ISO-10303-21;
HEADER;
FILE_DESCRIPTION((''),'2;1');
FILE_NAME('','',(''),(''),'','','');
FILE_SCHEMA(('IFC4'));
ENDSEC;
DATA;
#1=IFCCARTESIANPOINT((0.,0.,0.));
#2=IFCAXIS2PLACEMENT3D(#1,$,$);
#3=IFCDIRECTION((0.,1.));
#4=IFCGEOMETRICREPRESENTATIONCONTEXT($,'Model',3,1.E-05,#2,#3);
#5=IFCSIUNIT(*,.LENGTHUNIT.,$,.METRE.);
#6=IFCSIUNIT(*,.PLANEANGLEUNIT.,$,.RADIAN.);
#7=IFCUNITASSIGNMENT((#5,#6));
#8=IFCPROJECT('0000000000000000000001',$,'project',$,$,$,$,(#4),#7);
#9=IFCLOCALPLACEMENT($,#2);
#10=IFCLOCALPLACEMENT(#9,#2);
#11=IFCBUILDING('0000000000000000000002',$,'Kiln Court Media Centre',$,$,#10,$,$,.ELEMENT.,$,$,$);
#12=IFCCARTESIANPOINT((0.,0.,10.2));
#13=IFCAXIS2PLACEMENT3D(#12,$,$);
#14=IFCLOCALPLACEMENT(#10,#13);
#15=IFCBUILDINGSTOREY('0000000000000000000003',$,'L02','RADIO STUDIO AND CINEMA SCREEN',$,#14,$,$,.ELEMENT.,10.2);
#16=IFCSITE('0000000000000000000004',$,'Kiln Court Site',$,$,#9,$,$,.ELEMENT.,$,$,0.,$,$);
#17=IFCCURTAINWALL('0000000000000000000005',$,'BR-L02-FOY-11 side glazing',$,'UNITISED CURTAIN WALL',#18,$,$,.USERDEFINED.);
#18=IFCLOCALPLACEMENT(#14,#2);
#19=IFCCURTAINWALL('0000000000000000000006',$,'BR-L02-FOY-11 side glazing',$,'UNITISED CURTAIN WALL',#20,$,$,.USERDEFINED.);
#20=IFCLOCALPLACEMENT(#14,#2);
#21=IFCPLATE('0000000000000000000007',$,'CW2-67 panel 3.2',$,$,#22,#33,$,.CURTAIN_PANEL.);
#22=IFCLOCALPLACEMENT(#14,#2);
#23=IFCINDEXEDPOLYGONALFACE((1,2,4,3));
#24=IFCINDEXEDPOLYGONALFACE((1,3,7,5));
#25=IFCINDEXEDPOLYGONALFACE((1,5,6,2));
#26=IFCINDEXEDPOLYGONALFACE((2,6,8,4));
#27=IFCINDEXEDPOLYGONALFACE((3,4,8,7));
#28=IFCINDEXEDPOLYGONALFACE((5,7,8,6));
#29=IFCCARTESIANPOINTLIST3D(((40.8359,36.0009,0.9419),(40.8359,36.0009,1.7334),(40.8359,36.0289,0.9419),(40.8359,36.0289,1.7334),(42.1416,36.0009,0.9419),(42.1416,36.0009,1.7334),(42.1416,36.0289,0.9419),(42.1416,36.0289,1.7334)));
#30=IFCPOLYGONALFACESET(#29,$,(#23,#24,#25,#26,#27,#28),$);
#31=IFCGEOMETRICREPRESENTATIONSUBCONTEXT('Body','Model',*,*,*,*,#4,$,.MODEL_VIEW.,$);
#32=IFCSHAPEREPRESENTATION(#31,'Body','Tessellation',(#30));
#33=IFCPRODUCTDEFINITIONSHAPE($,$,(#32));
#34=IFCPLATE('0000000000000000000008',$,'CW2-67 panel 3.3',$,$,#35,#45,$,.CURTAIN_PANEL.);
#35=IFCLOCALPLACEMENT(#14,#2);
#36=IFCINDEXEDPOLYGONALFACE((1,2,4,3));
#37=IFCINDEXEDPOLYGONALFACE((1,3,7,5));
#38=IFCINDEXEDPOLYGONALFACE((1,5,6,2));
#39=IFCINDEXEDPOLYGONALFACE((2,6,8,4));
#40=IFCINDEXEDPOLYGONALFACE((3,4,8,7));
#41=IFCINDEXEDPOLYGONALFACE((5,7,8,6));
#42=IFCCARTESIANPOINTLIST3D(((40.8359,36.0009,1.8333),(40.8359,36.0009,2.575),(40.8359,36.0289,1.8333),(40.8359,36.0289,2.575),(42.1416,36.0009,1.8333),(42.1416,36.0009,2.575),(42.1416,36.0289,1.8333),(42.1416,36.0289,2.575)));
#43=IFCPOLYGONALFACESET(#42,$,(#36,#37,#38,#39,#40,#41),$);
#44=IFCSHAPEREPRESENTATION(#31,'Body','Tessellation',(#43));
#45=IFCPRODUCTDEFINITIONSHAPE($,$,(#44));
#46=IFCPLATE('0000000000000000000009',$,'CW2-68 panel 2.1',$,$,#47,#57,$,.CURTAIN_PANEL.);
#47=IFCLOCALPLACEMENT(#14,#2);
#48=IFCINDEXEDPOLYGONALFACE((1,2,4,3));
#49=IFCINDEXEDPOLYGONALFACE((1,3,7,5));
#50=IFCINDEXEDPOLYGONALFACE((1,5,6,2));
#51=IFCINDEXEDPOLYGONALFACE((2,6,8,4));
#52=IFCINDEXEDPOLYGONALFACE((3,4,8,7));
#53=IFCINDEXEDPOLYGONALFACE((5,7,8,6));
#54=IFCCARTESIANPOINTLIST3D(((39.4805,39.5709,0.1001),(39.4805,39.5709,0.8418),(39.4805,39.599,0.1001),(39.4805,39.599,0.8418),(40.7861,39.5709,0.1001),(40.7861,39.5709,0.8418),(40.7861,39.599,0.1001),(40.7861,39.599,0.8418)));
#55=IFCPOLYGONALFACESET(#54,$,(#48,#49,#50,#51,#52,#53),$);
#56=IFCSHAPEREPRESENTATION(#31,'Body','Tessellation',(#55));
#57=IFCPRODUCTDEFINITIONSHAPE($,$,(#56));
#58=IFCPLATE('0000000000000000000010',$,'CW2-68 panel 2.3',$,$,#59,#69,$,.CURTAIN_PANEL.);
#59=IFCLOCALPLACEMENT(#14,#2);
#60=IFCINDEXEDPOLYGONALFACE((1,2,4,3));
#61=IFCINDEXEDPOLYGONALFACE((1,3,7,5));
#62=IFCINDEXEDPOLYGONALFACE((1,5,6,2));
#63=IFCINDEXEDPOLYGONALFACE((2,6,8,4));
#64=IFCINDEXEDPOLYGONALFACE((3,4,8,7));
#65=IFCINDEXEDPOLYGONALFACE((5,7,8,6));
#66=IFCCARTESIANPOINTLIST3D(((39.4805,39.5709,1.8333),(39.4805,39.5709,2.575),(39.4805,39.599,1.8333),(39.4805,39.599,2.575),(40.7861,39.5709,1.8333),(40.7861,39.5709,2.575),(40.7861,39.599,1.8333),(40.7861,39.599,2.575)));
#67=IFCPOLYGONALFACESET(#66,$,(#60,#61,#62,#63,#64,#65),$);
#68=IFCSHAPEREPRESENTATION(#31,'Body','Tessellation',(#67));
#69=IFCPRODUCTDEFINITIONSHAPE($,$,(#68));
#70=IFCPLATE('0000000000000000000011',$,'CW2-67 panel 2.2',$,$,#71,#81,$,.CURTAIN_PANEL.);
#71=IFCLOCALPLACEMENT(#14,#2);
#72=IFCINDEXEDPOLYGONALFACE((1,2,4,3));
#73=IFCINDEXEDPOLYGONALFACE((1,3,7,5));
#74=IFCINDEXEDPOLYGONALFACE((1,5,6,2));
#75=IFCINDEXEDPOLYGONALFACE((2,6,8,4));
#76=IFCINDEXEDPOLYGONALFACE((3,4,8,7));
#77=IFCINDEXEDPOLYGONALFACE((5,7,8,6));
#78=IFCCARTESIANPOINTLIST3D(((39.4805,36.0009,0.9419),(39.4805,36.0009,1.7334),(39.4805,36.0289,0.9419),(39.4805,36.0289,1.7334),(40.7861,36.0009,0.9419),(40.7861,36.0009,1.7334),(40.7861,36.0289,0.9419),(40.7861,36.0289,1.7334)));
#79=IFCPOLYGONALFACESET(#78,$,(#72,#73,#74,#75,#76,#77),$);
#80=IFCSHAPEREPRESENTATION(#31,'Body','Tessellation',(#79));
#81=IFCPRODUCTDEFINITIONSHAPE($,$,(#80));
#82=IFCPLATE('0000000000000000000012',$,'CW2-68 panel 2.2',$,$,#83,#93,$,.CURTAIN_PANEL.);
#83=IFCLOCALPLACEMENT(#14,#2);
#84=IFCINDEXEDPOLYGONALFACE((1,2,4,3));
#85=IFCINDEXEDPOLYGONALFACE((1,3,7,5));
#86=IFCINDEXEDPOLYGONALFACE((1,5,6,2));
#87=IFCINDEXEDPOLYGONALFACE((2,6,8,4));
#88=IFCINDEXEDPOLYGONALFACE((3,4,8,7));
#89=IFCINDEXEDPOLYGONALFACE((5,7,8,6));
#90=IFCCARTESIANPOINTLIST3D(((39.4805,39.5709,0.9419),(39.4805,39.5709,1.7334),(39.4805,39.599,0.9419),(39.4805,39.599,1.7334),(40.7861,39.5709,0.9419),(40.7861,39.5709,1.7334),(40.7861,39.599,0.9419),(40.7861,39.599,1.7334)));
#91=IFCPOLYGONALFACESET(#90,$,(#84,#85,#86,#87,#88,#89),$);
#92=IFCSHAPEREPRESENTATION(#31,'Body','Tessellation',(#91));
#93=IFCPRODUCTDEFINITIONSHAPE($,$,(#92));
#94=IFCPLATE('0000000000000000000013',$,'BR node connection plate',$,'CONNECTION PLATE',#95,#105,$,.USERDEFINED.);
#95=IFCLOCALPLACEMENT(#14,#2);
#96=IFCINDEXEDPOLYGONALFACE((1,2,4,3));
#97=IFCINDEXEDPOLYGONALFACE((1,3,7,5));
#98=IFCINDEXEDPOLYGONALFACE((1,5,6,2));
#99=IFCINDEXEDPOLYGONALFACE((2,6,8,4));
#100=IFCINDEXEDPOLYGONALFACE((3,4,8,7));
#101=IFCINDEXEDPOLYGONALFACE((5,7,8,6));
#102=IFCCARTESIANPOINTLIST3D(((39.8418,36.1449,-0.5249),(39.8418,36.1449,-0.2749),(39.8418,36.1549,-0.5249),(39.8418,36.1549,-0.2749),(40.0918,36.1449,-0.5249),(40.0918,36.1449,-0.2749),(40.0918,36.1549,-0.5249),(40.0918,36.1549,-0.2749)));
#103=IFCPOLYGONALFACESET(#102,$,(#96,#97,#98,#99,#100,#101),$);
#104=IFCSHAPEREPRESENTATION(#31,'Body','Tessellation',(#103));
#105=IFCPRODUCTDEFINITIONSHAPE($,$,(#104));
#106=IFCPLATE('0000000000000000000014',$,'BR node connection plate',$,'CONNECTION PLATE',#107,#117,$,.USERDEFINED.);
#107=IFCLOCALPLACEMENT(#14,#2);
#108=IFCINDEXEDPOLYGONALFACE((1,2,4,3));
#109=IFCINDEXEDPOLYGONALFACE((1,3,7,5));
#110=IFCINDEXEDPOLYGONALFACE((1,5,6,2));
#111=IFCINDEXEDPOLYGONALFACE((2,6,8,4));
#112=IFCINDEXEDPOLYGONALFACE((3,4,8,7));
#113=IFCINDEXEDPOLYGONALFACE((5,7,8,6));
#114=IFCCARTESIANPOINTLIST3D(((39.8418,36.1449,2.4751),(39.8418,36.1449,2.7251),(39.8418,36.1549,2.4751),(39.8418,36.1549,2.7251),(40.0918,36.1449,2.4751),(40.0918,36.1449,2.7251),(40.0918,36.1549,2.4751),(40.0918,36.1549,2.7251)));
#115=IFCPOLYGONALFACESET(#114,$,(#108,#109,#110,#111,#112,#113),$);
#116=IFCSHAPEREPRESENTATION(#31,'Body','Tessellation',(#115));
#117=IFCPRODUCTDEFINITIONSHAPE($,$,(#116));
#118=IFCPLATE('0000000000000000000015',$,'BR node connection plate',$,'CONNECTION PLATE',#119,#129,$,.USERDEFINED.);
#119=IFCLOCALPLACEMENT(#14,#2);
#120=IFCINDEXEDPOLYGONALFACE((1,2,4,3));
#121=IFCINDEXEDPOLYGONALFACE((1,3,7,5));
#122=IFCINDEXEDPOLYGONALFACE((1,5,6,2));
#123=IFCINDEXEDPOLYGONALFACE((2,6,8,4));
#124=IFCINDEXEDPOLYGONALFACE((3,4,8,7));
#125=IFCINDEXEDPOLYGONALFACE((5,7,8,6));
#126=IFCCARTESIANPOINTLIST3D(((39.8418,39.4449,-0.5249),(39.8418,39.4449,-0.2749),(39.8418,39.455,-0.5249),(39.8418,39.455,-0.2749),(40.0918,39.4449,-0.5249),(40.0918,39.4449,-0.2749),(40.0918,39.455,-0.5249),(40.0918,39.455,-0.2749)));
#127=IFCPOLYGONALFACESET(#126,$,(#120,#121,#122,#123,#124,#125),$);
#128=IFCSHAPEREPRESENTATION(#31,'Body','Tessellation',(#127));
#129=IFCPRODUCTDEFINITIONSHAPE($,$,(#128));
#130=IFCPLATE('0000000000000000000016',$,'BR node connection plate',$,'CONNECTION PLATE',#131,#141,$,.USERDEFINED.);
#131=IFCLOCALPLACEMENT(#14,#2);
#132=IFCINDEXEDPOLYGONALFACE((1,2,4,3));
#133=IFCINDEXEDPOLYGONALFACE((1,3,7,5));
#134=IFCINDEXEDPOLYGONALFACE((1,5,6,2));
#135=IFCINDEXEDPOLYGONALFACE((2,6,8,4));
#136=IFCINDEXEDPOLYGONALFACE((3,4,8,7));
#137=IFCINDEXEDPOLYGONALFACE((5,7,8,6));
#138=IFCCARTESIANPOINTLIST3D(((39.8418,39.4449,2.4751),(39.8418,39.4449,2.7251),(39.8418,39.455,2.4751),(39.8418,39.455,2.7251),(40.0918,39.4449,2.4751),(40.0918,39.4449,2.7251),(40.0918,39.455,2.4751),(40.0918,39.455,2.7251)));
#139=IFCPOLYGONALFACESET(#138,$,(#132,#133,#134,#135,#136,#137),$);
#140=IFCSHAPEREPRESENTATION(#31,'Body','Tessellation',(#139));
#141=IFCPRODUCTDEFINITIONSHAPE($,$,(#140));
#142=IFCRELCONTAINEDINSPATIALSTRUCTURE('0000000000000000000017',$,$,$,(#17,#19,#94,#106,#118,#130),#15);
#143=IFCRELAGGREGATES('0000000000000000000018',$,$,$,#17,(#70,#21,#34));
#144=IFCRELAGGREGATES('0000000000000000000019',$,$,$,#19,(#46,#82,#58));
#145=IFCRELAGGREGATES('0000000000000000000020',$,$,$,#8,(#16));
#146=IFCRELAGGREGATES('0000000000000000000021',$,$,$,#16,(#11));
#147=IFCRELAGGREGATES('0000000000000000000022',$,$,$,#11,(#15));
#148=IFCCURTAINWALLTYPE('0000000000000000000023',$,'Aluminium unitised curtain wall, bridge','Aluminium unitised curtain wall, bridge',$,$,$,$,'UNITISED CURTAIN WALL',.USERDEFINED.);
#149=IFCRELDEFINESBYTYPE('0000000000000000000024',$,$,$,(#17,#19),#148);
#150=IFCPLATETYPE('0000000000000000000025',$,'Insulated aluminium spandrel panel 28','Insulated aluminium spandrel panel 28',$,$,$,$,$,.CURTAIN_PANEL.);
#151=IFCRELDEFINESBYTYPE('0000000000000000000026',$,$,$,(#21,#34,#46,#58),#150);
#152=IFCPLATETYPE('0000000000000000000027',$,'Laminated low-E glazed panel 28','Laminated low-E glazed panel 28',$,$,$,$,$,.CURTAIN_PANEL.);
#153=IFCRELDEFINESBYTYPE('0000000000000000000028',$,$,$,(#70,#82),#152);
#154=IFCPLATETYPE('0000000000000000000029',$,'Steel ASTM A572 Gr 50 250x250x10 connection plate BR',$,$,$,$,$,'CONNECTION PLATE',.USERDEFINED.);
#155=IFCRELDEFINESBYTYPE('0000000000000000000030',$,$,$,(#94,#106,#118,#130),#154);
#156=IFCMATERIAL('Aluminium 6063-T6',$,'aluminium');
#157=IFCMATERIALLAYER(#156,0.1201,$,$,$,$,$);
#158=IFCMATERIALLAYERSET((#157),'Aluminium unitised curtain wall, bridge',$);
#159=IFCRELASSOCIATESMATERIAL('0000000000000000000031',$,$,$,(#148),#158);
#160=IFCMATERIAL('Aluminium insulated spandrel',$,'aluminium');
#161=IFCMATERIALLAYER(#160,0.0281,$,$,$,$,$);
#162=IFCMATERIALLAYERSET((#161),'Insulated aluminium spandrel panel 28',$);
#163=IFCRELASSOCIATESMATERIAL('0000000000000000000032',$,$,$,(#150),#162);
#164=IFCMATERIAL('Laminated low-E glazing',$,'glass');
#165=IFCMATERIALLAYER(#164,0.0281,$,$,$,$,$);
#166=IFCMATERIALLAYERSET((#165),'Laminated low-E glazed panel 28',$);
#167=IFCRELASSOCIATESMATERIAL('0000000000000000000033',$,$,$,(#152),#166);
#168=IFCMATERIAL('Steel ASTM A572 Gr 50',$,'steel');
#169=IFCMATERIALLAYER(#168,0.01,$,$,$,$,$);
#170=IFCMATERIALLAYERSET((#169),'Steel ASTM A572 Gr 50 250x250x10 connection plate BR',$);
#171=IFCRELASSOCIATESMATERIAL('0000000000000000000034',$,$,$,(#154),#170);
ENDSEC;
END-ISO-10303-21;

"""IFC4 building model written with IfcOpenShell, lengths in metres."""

from ifc_helpers import new_model, si_unit, direction, frame, origin, origin_2d, place, context, subcontext, project, spatial, rectangle, extrude, material, layer, layer_set, type_object, element, aggregate, save


model = new_model("IFC4")

# Units and contexts
model_context = context("Model", 3, precision=1e-05, world=origin(), true_north=direction((0.0, 1.0)))
body_context = subcontext(model_context, "Body", "Model", "MODEL_VIEW")
ifc_project = project(units=[si_unit("LENGTHUNIT", "METRE"), si_unit("PLANEANGLEUNIT", "RADIAN")], contexts=[model_context])

# Site, building, storey
site_placement = place(None, origin())
site = spatial("IfcSite", under=ifc_project, at=site_placement, Name="Kiln Court Site", CompositionType="ELEMENT", RefElevation=0.0)
building_placement = place(site_placement, origin())
building = spatial("IfcBuilding", under=site, at=building_placement, Name="Kiln Court Media Centre", CompositionType="ELEMENT")
storey_placement = place(building_placement, frame((0.0, 0.0, 10.2)))
storey = spatial("IfcBuildingStorey", under=building, at=storey_placement, Name="L02", Description="RADIO STUDIO AND CINEMA SCREEN", CompositionType="ELEMENT", Elevation=10.2)

# Curtain walls
ifc_material_1 = material(Name="Aluminium 6063-T6", Category="aluminium")
ifc_layer_1 = layer(ifc_material_1, 0.1201)
ifc_layer_set_1 = layer_set([ifc_layer_1], Name="Aluminium unitised curtain wall, bridge")
curtain_wall_type = type_object("IfcCurtainWallType", Name="Aluminium unitised curtain wall, bridge", Description="Aluminium unitised curtain wall, bridge", ElementType="UNITISED CURTAIN WALL", PredefinedType="USERDEFINED", material=ifc_layer_set_1)
curtain_wall_1_placement = place(storey_placement, origin())
curtain_wall_1 = element("IfcCurtainWall", 1, at=curtain_wall_1_placement, inside=storey, type_object=curtain_wall_type, Name="BR-L02-FOY-11 side glazing", ObjectType="UNITISED CURTAIN WALL", PredefinedType="USERDEFINED")
curtain_wall_2_placement = place(storey_placement, origin())
curtain_wall_2 = element("IfcCurtainWall", 2, at=curtain_wall_2_placement, inside=storey, type_object=curtain_wall_type, Name="BR-L02-FOY-11 side glazing", ObjectType="UNITISED CURTAIN WALL", PredefinedType="USERDEFINED")

# Plates
ifc_material_2 = material(Name="Aluminium insulated spandrel", Category="aluminium")
ifc_layer_2 = layer(ifc_material_2, 0.0281)
ifc_layer_set_2 = layer_set([ifc_layer_2], Name="Insulated aluminium spandrel panel 28")
plate_type_1 = type_object("IfcPlateType", Name="Insulated aluminium spandrel panel 28", Description="Insulated aluminium spandrel panel 28", PredefinedType="CURTAIN_PANEL", material=ifc_layer_set_2)
plate_1_placement = place(storey_placement, frame((41.4888, 36.0149, 0.9419), z_axis=(0.0, 0.0, 1.0), x_axis=(1.0, 0.0, 0.0)))
plate_1 = element("IfcPlate", 3, at=plate_1_placement, type_object=plate_type_1, Name="CW2-67 panel 3.2", PredefinedType="CURTAIN_PANEL", context=body_context, shape_type="SweptSolid", body=[
    extrude(rectangle(XDim=1.3057, YDim=0.0281, at=origin_2d()), origin(), (0.0, 0.0, 1.0), 0.7915),
])
plate_2_placement = place(storey_placement, frame((41.4888, 36.0149, 1.8333), z_axis=(0.0, 0.0, 1.0), x_axis=(1.0, 0.0, 0.0)))
plate_2 = element("IfcPlate", 4, at=plate_2_placement, type_object=plate_type_1, Name="CW2-67 panel 3.3", PredefinedType="CURTAIN_PANEL", context=body_context, shape_type="SweptSolid", body=[
    extrude(rectangle(XDim=1.3057, YDim=0.0281, at=origin_2d()), origin(), (0.0, 0.0, 1.0), 0.7417),
])
plate_3_placement = place(storey_placement, frame((40.1333, 39.585, 0.1001), z_axis=(0.0, 0.0, 1.0), x_axis=(1.0, 0.0, 0.0)))
plate_3 = element("IfcPlate", 5, at=plate_3_placement, type_object=plate_type_1, Name="CW2-68 panel 2.1", PredefinedType="CURTAIN_PANEL", context=body_context, shape_type="SweptSolid", body=[
    extrude(rectangle(XDim=1.3057, YDim=0.0281, at=origin_2d()), origin(), (0.0, 0.0, 1.0), 0.7417),
])
plate_4_placement = place(storey_placement, frame((40.1333, 39.585, 1.8333), z_axis=(0.0, 0.0, 1.0), x_axis=(1.0, 0.0, 0.0)))
plate_4 = element("IfcPlate", 6, at=plate_4_placement, type_object=plate_type_1, Name="CW2-68 panel 2.3", PredefinedType="CURTAIN_PANEL", context=body_context, shape_type="SweptSolid", body=[
    extrude(rectangle(XDim=1.3057, YDim=0.0281, at=origin_2d()), origin(), (0.0, 0.0, 1.0), 0.7417),
])
ifc_material_3 = material(Name="Laminated low-E glazing", Category="glass")
ifc_layer_3 = layer(ifc_material_3, 0.0281)
ifc_layer_set_3 = layer_set([ifc_layer_3], Name="Laminated low-E glazed panel 28")
plate_type_2 = type_object("IfcPlateType", Name="Laminated low-E glazed panel 28", Description="Laminated low-E glazed panel 28", PredefinedType="CURTAIN_PANEL", material=ifc_layer_set_3)
plate_5_placement = place(storey_placement, frame((40.1333, 36.0149, 0.9419), z_axis=(0.0, 0.0, 1.0), x_axis=(1.0, 0.0, 0.0)))
plate_5 = element("IfcPlate", 7, at=plate_5_placement, type_object=plate_type_2, Name="CW2-67 panel 2.2", PredefinedType="CURTAIN_PANEL", context=body_context, shape_type="SweptSolid", body=[
    extrude(rectangle(XDim=1.3057, YDim=0.0281, at=origin_2d()), origin(), (0.0, 0.0, 1.0), 0.7915),
])
aggregate(curtain_wall_1, [plate_5, plate_1, plate_2])
plate_6_placement = place(storey_placement, frame((40.1333, 39.585, 0.9419), z_axis=(0.0, 0.0, 1.0), x_axis=(1.0, 0.0, 0.0)))
plate_6 = element("IfcPlate", 8, at=plate_6_placement, type_object=plate_type_2, Name="CW2-68 panel 2.2", PredefinedType="CURTAIN_PANEL", context=body_context, shape_type="SweptSolid", body=[
    extrude(rectangle(XDim=1.3057, YDim=0.0281, at=origin_2d()), origin(), (0.0, 0.0, 1.0), 0.7915),
])
aggregate(curtain_wall_2, [plate_3, plate_6, plate_4])

# Plates
ifc_material_4 = material(Name="Steel ASTM A572 Gr 50", Category="steel")
ifc_layer_4 = layer(ifc_material_4, 0.01)
ifc_layer_set_4 = layer_set([ifc_layer_4], Name="Steel ASTM A572 Gr 50 250x250x10 connection plate BR")
plate_type_3 = type_object("IfcPlateType", Name="Steel ASTM A572 Gr 50 250x250x10 connection plate BR", ElementType="CONNECTION PLATE", PredefinedType="USERDEFINED", material=ifc_layer_set_4)
for number, where, z_axis, x_axis, name in (
    (9, (39.9668, 36.1499, -0.5249), (0.0, 0.0, 1.0), (1.0, 0.0, 0.0), "BR node connection plate"),
    (10, (39.9668, 36.1499, 2.4751), (0.0, 0.0, 1.0), (1.0, 0.0, 0.0), "BR node connection plate"),
    (11, (39.9668, 39.45, -0.5249), (0.0, 0.0, 1.0), (1.0, 0.0, 0.0), "BR node connection plate"),
    (12, (39.9668, 39.45, 2.4751), (0.0, 0.0, 1.0), (1.0, 0.0, 0.0), "BR node connection plate"),
):
    element("IfcPlate", number, at=place(storey_placement, frame(where, z_axis=z_axis, x_axis=x_axis)), inside=storey, type_object=plate_type_3, Name=name, ObjectType="CONNECTION PLATE", PredefinedType="USERDEFINED", context=body_context, shape_type="SweptSolid", body=[
        extrude(rectangle(XDim=0.25, YDim=0.01, at=origin_2d()), origin(), (0.0, 0.0, 1.0), 0.25),
    ])

save(model, "model.ifc")
